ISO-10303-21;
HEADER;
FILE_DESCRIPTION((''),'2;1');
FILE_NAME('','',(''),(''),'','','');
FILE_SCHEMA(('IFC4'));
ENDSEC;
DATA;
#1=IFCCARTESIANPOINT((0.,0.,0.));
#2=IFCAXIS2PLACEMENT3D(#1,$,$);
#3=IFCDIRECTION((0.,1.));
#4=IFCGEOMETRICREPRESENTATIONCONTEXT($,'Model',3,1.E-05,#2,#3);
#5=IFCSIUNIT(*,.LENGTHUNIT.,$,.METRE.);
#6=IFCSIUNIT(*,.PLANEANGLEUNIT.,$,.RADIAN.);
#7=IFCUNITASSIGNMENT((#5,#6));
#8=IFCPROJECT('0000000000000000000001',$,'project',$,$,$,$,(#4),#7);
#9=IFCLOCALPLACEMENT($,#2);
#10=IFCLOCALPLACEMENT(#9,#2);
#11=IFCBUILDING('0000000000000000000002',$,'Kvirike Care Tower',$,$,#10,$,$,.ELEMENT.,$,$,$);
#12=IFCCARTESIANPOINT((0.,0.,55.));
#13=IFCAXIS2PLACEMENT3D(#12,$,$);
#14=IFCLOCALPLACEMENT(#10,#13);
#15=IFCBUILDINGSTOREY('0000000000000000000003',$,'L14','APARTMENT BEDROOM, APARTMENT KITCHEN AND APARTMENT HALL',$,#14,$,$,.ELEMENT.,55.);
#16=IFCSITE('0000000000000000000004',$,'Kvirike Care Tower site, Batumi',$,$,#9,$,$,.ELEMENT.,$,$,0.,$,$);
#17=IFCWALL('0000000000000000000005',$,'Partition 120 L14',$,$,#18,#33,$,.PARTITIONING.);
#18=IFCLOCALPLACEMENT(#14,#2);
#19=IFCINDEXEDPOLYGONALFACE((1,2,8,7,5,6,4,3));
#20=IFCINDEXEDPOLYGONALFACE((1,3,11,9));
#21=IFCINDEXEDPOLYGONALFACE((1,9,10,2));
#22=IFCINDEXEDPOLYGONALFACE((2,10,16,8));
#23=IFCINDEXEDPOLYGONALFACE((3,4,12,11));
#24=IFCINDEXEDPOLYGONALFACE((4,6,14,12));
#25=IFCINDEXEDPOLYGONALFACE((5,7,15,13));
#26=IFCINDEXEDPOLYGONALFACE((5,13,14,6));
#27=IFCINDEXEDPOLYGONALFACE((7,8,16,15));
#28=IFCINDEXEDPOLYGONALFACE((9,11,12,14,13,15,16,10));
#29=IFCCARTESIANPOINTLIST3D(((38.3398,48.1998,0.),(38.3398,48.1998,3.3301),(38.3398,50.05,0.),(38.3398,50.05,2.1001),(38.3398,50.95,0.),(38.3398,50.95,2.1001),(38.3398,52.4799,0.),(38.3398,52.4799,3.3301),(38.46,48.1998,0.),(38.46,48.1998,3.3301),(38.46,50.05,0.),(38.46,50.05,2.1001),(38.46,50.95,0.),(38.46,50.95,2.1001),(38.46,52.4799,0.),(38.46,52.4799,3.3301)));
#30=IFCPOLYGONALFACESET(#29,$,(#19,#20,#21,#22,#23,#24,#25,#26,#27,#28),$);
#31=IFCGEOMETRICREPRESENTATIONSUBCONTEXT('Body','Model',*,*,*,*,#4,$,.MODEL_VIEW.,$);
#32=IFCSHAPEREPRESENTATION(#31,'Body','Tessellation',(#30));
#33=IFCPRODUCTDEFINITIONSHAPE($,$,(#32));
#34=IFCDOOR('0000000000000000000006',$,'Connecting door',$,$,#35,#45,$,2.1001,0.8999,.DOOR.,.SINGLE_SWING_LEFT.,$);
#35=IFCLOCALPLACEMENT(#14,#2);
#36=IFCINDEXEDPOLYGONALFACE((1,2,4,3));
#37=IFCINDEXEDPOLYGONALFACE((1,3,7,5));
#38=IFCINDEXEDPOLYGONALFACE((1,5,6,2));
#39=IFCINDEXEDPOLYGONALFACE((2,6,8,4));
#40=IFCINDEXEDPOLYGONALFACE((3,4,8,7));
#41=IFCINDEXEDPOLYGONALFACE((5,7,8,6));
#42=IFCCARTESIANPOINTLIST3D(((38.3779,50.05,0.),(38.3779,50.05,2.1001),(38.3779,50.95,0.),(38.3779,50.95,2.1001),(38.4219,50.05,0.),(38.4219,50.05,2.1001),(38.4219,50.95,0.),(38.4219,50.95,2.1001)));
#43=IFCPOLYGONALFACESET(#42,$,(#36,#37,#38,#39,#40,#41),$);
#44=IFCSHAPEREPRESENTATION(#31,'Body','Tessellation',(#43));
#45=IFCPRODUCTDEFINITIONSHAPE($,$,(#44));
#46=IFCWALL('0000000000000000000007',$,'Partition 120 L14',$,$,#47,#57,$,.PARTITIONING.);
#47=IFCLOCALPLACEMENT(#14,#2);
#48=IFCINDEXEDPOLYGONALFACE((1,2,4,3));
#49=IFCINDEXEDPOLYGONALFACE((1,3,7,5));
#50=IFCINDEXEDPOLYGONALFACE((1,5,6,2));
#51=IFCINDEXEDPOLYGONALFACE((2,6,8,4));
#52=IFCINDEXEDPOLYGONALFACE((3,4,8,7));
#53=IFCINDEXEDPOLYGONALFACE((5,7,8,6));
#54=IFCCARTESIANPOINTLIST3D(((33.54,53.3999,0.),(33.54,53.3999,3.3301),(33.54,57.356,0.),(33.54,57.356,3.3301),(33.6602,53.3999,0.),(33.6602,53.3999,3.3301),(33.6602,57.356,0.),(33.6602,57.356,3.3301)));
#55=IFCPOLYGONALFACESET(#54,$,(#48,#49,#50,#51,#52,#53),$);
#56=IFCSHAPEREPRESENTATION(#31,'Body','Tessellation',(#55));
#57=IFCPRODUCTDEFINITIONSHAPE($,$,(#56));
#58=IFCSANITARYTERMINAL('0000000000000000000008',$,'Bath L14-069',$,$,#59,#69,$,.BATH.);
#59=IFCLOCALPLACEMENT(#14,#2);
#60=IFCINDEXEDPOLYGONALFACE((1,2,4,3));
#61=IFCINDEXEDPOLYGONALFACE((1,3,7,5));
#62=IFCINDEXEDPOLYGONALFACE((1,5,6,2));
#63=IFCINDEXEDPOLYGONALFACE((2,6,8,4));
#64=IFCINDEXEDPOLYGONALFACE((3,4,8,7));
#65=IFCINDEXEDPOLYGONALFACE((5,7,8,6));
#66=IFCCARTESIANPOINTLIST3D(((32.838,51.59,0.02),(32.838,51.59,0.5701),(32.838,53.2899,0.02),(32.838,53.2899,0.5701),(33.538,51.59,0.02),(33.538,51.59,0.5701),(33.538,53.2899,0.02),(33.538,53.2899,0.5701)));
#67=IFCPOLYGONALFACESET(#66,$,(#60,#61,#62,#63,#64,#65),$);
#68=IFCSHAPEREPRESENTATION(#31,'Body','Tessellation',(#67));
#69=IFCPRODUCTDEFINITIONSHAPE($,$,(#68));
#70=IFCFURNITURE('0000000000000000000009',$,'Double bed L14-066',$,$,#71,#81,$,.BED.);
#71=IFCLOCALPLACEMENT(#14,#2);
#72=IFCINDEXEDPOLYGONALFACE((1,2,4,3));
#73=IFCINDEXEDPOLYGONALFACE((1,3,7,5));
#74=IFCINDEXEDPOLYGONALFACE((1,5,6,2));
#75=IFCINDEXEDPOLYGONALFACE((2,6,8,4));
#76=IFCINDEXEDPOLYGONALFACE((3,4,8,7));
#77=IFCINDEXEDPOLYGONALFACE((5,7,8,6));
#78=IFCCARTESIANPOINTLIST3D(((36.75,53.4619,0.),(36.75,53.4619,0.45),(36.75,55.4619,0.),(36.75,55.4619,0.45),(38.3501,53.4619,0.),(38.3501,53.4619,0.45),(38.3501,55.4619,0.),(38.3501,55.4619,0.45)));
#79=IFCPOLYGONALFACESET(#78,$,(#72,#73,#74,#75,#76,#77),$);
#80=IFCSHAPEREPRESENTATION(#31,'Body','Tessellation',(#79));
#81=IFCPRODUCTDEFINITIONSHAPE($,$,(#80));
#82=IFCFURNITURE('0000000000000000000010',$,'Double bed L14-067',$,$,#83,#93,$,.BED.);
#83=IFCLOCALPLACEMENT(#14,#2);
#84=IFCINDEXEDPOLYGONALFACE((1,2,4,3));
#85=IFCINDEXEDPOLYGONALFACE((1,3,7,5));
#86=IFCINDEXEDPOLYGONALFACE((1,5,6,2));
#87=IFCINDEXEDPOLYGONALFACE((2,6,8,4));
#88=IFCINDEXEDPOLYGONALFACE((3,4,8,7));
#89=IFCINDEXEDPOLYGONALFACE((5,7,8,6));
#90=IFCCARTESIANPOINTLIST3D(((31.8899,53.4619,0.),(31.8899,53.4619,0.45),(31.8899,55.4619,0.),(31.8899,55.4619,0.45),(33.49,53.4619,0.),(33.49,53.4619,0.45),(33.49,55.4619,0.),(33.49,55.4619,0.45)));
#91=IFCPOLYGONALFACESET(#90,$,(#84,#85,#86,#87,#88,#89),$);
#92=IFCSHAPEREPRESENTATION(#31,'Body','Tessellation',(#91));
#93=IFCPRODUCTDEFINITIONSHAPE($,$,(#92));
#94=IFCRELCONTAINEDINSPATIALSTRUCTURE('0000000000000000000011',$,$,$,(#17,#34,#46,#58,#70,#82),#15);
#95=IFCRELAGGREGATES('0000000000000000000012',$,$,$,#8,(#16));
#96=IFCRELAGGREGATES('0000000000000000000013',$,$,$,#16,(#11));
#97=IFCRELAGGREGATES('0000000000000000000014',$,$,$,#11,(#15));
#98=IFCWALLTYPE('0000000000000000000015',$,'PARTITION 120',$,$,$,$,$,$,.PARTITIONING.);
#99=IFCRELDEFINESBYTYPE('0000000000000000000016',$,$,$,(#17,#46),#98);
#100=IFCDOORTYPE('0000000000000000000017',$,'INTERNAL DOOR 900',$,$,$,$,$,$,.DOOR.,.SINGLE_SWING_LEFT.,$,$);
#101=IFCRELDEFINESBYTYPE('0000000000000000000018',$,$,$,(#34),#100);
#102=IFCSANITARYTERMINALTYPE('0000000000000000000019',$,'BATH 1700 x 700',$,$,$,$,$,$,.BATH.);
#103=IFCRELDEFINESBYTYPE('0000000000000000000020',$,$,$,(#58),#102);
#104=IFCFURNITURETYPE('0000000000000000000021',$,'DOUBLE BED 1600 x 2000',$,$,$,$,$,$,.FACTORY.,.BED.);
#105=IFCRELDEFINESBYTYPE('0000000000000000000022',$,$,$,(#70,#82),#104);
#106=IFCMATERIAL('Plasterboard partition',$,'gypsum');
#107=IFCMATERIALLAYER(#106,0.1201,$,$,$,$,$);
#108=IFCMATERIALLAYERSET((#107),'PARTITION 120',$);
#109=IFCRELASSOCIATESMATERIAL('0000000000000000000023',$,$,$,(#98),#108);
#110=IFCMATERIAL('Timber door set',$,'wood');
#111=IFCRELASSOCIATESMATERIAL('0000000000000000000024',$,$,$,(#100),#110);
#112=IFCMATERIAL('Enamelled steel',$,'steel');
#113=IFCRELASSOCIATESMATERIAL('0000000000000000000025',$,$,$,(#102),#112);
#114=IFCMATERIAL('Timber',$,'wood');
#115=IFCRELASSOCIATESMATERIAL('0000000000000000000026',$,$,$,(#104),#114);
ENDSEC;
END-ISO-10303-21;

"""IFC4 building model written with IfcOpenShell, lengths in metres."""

from ifc_helpers import new_model, si_unit, direction, frame, frame_2d, origin, origin_2d, place, context, subcontext, project, spatial, rectangle, extrude, material, layer, layer_set, type_object, element, fill, save


model = new_model("IFC4")

# Units and contexts
model_context = context("Model", 3, precision=1e-05, world=origin(), true_north=direction((0.0, 1.0)))
body_context = subcontext(model_context, "Body", "Model", "MODEL_VIEW")
ifc_project = project(units=[si_unit("LENGTHUNIT", "METRE"), si_unit("PLANEANGLEUNIT", "RADIAN")], contexts=[model_context])

# Site, building, storey
site_placement = place(None, origin())
site = spatial("IfcSite", under=ifc_project, at=site_placement, Name="Kvirike Care Tower site, Batumi", CompositionType="ELEMENT", RefElevation=0.0)
building_placement = place(site_placement, origin())
building = spatial("IfcBuilding", under=site, at=building_placement, Name="Kvirike Care Tower", CompositionType="ELEMENT")
storey_placement = place(building_placement, frame((0.0, 0.0, 55.0)))
storey = spatial("IfcBuildingStorey", under=building, at=storey_placement, Name="L14", Description="APARTMENT BEDROOM, APARTMENT KITCHEN AND APARTMENT HALL", CompositionType="ELEMENT", Elevation=55.0)

# Wall, opening, door
ifc_material_1 = material(Name="Plasterboard partition", Category="gypsum")
ifc_layer_1 = layer(ifc_material_1, 0.1201)
ifc_layer_set_1 = layer_set([ifc_layer_1], Name="PARTITION 120")
wall_type_1 = type_object("IfcWallType", Name="PARTITION 120", PredefinedType="PARTITIONING", material=ifc_layer_set_1)
ifc_material_2 = material(Name="Timber door set", Category="wood")
door_type = type_object("IfcDoorType", Name="INTERNAL DOOR 900", OperationType="SINGLE_SWING_LEFT", PredefinedType="DOOR", material=ifc_material_2)
wall_1_placement = place(storey_placement, frame((38.3999, 52.48, 0.0), z_axis=(0.0, 0.0, 1.0), x_axis=(0.0, -1.0, 0.0)))
wall_1 = element("IfcWall", 1, at=wall_1_placement, inside=storey, type_object=wall_type_1, Name="Partition 120 L14", PredefinedType="PARTITIONING", context=body_context, shape_type="SweptSolid", body=[
    extrude(rectangle(XDim=4.28, YDim=0.1201, at=frame_2d((2.1401, 0.0))), origin(), (0.0, 0.0, 1.0), 3.3301),
])
opening_1_placement = place(wall_1_placement, frame((1.53, 0.0, 0.0)))
opening_1 = element("IfcOpeningElement", 2, at=opening_1_placement, cuts=wall_1, PredefinedType="OPENING", context=body_context, shape_type="SweptSolid", body=[
    extrude(rectangle(XDim=0.8999, YDim=2.1001, at=frame_2d((0.45, 1.05))), frame((0.0, 0.0706, 0.0), z_axis=(0.0, -1.0, 0.0), x_axis=(1.0, 0.0, 0.0)), (0.0, 0.0, 1.0), 0.1411),
])
door_1_placement = place(opening_1_placement, origin())
door_1 = element("IfcDoor", 3, at=door_1_placement, inside=storey, type_object=door_type, Name="Connecting door", OperationType="SINGLE_SWING_LEFT", OverallHeight=2.1001, OverallWidth=0.8999, PredefinedType="DOOR", context=body_context, shape_type="SweptSolid", body=[
    extrude(rectangle(XDim=0.8999, YDim=2.1001, at=frame_2d((0.45, 1.05))), frame((0.0, 0.022, 0.0), z_axis=(0.0, -1.0, 0.0), x_axis=(1.0, 0.0, 0.0)), (0.0, 0.0, 1.0), 0.0439),
])
fill(opening_1, door_1)

# Wall
wall_2_placement = place(storey_placement, frame((33.6001, 57.356, 0.0), z_axis=(0.0, 0.0, 1.0), x_axis=(0.0, -1.0, 0.0)))
element("IfcWall", 4, at=wall_2_placement, inside=storey, type_object=wall_type_1, Name="Partition 120 L14", PredefinedType="PARTITIONING", context=body_context, shape_type="SweptSolid", body=[
    extrude(rectangle(XDim=3.9561, YDim=0.1201, at=frame_2d((1.978, 0.0))), origin(), (0.0, 0.0, 1.0), 3.3301),
])

# Sanitary terminal
ifc_material_3 = material(Name="Enamelled steel", Category="steel")
sanitary_terminal_type = type_object("IfcSanitaryTerminalType", Name="BATH 1700 x 700", PredefinedType="BATH", material=ifc_material_3)
sanitary_terminal_placement = place(storey_placement, frame((33.188, 52.4399, 0.02), z_axis=(0.0, 0.0, 1.0), x_axis=(0.0, -1.0, 0.0)))
element("IfcSanitaryTerminal", 5, at=sanitary_terminal_placement, inside=storey, type_object=sanitary_terminal_type, Name="Bath L14-069", PredefinedType="BATH", context=body_context, shape_type="SweptSolid", body=[
    extrude(rectangle(XDim=1.7, YDim=0.7, at=origin_2d()), origin(), (0.0, 0.0, 1.0), 0.55),
])

# Furniture
ifc_material_4 = material(Name="Timber", Category="wood")
furniture_type = type_object("IfcFurnitureType", Name="DOUBLE BED 1600 x 2000", AssemblyPlace="FACTORY", PredefinedType="BED", material=ifc_material_4)
for number, where, z_axis, x_axis, name in (
    (6, (37.55, 54.4619, 0.0), (0.0, 0.0, 1.0), (-1.0, 0.0, 0.0), "Double bed L14-066"),
    (7, (32.6899, 54.4619, 0.0), (0.0, 0.0, 1.0), (-1.0, 0.0, 0.0), "Double bed L14-067"),
):
    element("IfcFurniture", number, at=place(storey_placement, frame(where, z_axis=z_axis, x_axis=x_axis)), inside=storey, type_object=furniture_type, Name=name, PredefinedType="BED", context=body_context, shape_type="SweptSolid", body=[
        extrude(rectangle(XDim=1.6001, YDim=2.0, at=origin_2d()), origin(), (0.0, 0.0, 1.0), 0.45),
    ])

save(model, "model.ifc")
